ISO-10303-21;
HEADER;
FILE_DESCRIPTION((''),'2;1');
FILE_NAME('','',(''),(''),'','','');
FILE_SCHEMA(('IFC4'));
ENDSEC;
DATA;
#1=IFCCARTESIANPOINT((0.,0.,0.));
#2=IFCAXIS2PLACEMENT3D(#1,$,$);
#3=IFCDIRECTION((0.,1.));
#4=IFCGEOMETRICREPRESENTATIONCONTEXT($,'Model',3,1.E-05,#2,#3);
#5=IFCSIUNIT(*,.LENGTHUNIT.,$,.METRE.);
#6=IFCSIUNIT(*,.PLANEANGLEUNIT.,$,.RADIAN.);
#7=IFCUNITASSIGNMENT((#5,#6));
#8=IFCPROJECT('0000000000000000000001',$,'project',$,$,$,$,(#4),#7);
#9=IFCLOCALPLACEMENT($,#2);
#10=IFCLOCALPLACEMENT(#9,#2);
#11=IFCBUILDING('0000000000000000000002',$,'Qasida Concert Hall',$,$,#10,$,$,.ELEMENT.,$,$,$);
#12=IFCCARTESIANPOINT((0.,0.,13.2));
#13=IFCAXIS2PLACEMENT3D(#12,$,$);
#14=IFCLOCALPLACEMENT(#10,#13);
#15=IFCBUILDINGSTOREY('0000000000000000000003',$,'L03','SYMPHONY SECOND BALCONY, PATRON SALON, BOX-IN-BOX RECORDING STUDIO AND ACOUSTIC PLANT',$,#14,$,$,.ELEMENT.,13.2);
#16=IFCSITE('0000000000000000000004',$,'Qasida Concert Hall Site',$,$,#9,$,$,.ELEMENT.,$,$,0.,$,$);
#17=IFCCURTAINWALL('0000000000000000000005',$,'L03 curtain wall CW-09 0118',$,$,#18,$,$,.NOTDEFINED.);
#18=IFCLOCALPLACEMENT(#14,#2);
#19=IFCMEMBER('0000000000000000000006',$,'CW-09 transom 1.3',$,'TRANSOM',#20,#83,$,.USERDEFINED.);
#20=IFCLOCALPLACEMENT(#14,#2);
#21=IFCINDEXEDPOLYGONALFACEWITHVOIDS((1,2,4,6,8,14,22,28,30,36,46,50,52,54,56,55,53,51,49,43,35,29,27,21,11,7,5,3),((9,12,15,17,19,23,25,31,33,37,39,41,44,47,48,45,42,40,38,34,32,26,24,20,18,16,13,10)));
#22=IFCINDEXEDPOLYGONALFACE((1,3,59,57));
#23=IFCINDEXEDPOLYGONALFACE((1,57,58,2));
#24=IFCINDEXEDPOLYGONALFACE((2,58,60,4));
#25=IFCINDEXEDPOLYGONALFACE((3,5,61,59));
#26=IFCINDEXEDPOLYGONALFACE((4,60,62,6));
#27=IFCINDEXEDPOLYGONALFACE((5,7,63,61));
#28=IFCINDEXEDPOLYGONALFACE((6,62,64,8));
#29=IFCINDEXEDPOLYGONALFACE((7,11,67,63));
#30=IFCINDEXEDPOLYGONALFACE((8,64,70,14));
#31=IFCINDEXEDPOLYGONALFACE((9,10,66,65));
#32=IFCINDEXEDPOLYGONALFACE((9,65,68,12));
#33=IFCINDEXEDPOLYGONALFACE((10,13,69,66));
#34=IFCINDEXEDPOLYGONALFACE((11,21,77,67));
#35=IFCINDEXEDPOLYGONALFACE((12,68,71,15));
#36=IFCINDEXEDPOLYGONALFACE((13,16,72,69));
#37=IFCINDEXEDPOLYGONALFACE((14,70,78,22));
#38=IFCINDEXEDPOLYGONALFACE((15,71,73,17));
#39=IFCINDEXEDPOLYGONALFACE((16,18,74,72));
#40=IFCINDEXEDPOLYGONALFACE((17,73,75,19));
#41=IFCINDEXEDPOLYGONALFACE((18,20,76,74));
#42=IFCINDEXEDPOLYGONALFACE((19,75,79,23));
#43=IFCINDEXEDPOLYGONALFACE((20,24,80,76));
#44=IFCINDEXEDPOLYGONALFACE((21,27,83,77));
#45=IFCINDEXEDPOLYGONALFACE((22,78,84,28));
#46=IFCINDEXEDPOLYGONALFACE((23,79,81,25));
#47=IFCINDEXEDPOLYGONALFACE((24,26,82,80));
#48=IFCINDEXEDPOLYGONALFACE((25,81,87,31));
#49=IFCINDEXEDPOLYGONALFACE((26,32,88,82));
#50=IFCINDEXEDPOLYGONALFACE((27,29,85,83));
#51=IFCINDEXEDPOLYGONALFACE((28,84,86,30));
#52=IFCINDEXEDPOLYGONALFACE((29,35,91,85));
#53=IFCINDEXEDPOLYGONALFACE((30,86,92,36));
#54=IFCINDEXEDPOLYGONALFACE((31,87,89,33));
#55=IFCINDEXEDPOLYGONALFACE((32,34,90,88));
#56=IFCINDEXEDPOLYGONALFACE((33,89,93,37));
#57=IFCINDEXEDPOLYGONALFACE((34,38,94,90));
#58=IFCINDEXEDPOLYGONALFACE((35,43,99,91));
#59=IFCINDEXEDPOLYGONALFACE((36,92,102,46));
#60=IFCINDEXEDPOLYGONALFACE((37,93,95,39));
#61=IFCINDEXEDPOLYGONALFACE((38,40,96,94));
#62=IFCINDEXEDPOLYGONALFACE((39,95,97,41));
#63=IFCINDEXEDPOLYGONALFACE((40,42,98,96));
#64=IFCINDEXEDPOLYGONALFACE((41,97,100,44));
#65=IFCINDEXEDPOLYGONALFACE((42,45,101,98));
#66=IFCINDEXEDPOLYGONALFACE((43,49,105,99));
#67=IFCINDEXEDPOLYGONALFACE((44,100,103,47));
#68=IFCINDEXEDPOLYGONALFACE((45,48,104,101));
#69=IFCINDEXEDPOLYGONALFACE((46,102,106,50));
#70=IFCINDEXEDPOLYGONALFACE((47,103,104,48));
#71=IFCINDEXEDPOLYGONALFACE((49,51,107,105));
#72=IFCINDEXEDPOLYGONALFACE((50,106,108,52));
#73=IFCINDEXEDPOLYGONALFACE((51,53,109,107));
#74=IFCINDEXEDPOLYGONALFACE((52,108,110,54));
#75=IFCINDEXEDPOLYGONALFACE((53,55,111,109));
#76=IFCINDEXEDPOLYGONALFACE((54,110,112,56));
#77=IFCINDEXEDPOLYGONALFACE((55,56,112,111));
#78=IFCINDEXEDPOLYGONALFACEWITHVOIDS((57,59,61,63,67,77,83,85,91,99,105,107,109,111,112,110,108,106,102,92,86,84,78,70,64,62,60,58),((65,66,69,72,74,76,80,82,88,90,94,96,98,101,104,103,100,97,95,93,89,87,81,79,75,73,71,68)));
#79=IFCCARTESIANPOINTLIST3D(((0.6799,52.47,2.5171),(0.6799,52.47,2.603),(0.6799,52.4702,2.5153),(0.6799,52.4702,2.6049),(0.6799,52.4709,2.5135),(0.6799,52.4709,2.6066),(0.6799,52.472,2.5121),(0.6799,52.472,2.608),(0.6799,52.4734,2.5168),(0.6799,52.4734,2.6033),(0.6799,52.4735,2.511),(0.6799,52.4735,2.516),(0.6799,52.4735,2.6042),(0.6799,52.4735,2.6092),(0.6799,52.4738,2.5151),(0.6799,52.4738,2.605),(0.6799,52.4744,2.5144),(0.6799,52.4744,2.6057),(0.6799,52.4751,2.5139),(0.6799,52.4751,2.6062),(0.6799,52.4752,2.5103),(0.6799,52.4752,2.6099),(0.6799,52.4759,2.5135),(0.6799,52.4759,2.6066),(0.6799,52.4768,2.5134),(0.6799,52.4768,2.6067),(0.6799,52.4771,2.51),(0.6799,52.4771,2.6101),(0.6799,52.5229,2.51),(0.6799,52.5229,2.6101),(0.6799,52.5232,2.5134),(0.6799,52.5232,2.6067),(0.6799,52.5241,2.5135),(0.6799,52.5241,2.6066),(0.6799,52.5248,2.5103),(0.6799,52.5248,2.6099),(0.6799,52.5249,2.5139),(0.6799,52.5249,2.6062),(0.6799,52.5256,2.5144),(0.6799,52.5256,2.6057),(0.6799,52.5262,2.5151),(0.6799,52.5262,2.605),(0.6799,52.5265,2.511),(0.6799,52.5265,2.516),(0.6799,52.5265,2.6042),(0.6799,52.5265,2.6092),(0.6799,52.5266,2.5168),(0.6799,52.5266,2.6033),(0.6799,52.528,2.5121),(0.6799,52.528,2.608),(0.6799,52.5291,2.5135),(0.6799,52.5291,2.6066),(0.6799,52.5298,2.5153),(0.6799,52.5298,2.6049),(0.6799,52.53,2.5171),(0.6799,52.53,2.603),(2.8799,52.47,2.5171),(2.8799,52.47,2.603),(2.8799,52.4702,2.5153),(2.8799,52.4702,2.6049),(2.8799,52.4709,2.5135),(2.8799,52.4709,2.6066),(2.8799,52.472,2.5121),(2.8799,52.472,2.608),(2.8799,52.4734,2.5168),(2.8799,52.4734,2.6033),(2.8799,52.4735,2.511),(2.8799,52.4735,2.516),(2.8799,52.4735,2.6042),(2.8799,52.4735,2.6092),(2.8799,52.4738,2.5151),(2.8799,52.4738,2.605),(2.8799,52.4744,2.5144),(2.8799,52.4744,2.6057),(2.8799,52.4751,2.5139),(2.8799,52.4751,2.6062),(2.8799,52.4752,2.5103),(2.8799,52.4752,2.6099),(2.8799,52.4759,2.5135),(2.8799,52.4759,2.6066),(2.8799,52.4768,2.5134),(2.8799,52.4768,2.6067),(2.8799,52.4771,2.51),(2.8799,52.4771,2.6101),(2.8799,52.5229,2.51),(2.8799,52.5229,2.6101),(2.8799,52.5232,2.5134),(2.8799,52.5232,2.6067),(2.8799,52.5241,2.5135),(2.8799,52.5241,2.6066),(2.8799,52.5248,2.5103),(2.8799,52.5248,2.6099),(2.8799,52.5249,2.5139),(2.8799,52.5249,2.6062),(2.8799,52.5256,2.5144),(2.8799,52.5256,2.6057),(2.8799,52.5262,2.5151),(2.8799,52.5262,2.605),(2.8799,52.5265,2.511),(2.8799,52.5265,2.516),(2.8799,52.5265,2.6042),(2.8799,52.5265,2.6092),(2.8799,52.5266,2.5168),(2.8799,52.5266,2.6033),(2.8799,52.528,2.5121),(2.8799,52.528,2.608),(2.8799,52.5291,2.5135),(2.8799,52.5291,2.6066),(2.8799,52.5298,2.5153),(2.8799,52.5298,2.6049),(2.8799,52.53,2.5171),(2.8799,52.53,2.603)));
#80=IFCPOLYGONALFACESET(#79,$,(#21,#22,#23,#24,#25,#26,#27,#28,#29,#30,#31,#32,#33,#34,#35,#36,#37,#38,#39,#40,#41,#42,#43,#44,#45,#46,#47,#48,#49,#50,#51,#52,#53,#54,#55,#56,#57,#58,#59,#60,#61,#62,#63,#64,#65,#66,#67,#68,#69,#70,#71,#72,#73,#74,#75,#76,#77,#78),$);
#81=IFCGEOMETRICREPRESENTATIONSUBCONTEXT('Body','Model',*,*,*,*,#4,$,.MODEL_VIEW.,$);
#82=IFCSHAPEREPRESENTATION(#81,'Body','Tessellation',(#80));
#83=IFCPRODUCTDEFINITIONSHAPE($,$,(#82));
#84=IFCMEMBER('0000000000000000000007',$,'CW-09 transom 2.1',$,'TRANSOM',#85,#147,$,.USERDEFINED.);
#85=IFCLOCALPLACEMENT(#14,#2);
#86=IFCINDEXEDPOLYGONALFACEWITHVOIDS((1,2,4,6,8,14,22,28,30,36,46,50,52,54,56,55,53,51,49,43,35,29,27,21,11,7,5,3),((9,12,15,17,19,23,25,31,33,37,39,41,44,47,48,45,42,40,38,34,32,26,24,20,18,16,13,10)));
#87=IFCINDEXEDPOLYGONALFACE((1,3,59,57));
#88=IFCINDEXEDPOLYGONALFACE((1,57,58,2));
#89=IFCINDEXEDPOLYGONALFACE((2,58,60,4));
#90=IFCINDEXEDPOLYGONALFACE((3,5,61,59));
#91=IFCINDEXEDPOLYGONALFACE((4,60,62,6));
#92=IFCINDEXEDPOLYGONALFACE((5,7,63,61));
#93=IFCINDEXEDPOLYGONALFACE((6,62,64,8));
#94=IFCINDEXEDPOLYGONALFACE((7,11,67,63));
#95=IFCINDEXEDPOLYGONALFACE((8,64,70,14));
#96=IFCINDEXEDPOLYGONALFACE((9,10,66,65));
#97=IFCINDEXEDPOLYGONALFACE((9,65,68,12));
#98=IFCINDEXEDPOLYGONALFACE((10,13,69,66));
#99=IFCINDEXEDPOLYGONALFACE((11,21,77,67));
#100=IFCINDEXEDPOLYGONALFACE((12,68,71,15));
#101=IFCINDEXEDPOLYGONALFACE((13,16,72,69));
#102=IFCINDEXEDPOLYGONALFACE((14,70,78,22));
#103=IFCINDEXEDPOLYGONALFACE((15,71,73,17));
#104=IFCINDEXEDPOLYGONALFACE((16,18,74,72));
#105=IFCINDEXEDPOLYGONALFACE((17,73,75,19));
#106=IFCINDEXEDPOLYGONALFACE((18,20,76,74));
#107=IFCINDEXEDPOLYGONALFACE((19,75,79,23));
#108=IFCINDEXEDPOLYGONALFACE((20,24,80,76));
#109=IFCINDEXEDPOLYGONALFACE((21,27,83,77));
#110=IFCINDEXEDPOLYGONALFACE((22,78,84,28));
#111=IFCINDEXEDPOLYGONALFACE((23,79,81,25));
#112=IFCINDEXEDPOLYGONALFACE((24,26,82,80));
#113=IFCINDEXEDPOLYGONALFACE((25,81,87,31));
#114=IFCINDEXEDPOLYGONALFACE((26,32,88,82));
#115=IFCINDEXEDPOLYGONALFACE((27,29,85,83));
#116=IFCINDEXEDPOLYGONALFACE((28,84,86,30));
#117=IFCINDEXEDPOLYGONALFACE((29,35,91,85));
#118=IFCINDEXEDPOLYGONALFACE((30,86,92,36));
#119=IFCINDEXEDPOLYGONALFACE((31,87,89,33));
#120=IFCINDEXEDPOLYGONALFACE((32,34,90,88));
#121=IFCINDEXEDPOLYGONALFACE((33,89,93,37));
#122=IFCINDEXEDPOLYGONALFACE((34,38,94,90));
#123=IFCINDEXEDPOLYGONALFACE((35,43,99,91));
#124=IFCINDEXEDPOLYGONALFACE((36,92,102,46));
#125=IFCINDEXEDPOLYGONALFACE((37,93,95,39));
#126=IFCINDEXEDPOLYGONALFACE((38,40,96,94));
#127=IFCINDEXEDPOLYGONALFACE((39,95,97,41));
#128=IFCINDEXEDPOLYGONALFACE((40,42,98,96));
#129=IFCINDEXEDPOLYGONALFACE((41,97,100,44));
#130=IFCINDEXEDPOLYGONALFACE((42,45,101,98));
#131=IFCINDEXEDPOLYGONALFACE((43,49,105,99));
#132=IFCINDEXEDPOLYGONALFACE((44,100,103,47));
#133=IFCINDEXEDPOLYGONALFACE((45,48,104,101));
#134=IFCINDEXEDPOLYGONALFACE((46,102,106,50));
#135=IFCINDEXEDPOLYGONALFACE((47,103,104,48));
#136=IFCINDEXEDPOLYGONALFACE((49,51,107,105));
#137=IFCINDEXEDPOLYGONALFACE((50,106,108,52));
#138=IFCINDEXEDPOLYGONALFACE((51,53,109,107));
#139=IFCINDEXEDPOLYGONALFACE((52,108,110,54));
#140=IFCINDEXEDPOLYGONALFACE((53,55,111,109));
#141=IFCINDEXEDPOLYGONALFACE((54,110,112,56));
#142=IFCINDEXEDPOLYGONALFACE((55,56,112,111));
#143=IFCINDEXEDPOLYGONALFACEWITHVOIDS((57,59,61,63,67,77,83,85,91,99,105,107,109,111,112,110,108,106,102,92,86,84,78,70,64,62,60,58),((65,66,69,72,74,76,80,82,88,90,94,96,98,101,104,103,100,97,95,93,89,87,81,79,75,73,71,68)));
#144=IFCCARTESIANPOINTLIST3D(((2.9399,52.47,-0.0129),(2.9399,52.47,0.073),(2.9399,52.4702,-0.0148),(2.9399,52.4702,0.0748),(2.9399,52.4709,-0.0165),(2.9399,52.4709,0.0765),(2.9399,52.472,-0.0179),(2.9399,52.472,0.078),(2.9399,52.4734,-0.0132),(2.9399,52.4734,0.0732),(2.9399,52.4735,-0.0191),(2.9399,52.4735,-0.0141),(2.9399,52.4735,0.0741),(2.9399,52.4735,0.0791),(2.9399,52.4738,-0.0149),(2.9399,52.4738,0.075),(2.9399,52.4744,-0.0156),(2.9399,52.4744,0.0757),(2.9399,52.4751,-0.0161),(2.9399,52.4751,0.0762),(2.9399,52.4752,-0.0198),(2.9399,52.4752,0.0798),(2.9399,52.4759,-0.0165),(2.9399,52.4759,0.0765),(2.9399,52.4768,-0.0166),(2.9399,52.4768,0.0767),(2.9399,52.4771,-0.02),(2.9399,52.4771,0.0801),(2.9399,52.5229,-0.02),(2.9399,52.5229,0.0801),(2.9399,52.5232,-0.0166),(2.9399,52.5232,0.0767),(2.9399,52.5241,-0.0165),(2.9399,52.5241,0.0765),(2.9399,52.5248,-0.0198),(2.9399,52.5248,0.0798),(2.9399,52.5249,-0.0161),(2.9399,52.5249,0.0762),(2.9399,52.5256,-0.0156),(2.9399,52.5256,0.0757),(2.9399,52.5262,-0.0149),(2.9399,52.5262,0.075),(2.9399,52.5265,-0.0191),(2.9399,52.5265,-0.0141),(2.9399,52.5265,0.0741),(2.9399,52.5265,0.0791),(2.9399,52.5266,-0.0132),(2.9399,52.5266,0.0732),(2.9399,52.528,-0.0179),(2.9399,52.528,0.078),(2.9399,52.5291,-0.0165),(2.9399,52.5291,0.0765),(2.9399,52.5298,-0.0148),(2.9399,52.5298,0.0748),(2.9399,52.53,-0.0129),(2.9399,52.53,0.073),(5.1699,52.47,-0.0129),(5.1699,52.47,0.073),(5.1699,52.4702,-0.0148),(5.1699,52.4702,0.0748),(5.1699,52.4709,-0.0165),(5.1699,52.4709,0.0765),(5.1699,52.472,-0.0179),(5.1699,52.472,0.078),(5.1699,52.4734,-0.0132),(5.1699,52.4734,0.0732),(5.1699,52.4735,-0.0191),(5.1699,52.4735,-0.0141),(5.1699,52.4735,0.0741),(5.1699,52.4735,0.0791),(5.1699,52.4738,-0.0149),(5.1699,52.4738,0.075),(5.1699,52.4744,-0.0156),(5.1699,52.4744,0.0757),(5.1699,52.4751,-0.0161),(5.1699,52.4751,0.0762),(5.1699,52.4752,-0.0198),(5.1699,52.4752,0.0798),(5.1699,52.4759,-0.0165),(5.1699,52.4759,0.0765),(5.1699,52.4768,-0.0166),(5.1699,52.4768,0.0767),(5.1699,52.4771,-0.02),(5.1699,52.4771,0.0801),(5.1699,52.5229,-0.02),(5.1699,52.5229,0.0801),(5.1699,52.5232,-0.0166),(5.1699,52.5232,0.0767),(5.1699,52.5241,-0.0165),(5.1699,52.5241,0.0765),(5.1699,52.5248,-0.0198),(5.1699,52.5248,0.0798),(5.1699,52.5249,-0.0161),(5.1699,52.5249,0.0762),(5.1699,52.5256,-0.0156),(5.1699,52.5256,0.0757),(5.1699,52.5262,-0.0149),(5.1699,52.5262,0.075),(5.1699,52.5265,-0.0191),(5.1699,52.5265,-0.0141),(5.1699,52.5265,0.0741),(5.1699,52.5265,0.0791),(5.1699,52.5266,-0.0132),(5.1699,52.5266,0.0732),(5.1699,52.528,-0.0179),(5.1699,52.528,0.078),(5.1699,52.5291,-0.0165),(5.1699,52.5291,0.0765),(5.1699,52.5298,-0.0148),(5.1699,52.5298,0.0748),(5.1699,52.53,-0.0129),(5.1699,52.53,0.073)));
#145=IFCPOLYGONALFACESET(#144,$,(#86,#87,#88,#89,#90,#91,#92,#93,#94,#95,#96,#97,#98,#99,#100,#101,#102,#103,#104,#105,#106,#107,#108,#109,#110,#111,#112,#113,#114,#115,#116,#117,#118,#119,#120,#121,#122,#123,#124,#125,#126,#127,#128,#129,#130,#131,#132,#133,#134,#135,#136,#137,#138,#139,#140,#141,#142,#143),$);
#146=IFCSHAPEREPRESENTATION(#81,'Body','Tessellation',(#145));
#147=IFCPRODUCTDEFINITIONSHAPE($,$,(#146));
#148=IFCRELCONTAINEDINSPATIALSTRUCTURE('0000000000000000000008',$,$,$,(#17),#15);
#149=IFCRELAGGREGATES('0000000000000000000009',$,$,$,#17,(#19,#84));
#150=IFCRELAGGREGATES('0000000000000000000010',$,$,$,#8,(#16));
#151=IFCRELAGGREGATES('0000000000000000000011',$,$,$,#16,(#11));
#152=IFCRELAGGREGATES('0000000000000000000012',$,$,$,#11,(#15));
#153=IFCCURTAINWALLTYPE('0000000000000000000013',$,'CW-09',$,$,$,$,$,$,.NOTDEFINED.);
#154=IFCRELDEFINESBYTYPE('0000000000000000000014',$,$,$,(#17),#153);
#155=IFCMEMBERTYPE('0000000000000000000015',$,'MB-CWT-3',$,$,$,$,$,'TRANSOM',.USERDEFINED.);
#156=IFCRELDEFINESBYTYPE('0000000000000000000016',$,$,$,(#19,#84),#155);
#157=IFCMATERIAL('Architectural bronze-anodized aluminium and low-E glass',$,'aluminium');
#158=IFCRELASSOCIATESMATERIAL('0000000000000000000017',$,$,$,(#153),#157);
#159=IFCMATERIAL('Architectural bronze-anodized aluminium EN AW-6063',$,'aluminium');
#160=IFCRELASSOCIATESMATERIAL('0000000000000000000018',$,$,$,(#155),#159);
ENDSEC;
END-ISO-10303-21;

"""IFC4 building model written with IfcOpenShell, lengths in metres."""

from ifc_helpers import new_model, si_unit, direction, frame, origin, origin_2d, place, context, subcontext, project, spatial, hollow_rectangle, extrude, material, material_profile, profile_set, type_object, element, aggregate, save


model = new_model("IFC4")

# Units and contexts
model_context = context("Model", 3, precision=1e-05, world=origin(), true_north=direction((0.0, 1.0)))
body_context = subcontext(model_context, "Body", "Model", "MODEL_VIEW")
ifc_project = project(units=[si_unit("LENGTHUNIT", "METRE"), si_unit("PLANEANGLEUNIT", "RADIAN")], contexts=[model_context])

# Site, building, storey
site_placement = place(None, origin())
site = spatial("IfcSite", under=ifc_project, at=site_placement, Name="Qasida Concert Hall Site", CompositionType="ELEMENT", RefElevation=0.0)
building_placement = place(site_placement, origin())
building = spatial("IfcBuilding", under=site, at=building_placement, Name="Qasida Concert Hall", CompositionType="ELEMENT")
storey_placement = place(building_placement, frame((0.0, 0.0, 13.2)))
storey = spatial("IfcBuildingStorey", under=building, at=storey_placement, Name="L03", Description="SYMPHONY SECOND BALCONY, PATRON SALON, BOX-IN-BOX RECORDING STUDIO AND ACOUSTIC PLANT", CompositionType="ELEMENT", Elevation=13.2)

# Curtain wall
ifc_material_1 = material(Name="Architectural bronze-anodized aluminium and low-E glass", Category="aluminium")
curtain_wall_type = type_object("IfcCurtainWallType", Name="CW-09", PredefinedType="NOTDEFINED", material=ifc_material_1)
curtain_wall_1_placement = place(storey_placement, origin())
curtain_wall_1 = element("IfcCurtainWall", 1, at=curtain_wall_1_placement, inside=storey, type_object=curtain_wall_type, Name="L03 curtain wall CW-09 0118", PredefinedType="NOTDEFINED")
ifc_material_2 = material(Name="Architectural bronze-anodized aluminium EN AW-6063", Category="aluminium")

# Members
ifc_material_profile_1 = material_profile(ifc_material_2, hollow_rectangle(XDim=0.0601, YDim=0.1001, WallThickness=0.0034, InnerFilletRadius=0.0034, OuterFilletRadius=0.0071, at=origin_2d()), Name="CWT 100x60x3.5")
ifc_profile_set_1 = profile_set([ifc_material_profile_1], Name="Architectural bronze-anodized aluminium EN AW-6063")
member_type_1 = type_object("IfcMemberType", Name="MB-CWT-3", ElementType="TRANSOM", PredefinedType="USERDEFINED", material=ifc_profile_set_1)
member_1_placement = place(storey_placement, frame((0.6799, 52.5, 2.5601), z_axis=(1.0, 0.0, 0.0), x_axis=(0.0, 1.0, 0.0)))
member_1 = element("IfcMember", 2, at=member_1_placement, type_object=member_type_1, Name="CW-09 transom 1.3", ObjectType="TRANSOM", PredefinedType="USERDEFINED", context=body_context, shape_type="SweptSolid", body=[
    extrude(hollow_rectangle(XDim=0.0601, YDim=0.1001, WallThickness=0.0034, InnerFilletRadius=0.0034, OuterFilletRadius=0.0071, at=origin_2d()), origin(), (0.0, 0.0, 1.0), 2.2),
])
member_2_placement = place(storey_placement, frame((2.9399, 52.5, 0.03), z_axis=(1.0, 0.0, 0.0), x_axis=(0.0, 1.0, 0.0)))
member_2 = element("IfcMember", 3, at=member_2_placement, type_object=member_type_1, Name="CW-09 transom 2.1", ObjectType="TRANSOM", PredefinedType="USERDEFINED", context=body_context, shape_type="SweptSolid", body=[
    extrude(hollow_rectangle(XDim=0.0601, YDim=0.1001, WallThickness=0.0034, InnerFilletRadius=0.0034, OuterFilletRadius=0.0071, at=origin_2d()), origin(), (0.0, 0.0, 1.0), 2.23),
])

aggregate(curtain_wall_1, [member_1, member_2])

save(model, "model.ifc")
